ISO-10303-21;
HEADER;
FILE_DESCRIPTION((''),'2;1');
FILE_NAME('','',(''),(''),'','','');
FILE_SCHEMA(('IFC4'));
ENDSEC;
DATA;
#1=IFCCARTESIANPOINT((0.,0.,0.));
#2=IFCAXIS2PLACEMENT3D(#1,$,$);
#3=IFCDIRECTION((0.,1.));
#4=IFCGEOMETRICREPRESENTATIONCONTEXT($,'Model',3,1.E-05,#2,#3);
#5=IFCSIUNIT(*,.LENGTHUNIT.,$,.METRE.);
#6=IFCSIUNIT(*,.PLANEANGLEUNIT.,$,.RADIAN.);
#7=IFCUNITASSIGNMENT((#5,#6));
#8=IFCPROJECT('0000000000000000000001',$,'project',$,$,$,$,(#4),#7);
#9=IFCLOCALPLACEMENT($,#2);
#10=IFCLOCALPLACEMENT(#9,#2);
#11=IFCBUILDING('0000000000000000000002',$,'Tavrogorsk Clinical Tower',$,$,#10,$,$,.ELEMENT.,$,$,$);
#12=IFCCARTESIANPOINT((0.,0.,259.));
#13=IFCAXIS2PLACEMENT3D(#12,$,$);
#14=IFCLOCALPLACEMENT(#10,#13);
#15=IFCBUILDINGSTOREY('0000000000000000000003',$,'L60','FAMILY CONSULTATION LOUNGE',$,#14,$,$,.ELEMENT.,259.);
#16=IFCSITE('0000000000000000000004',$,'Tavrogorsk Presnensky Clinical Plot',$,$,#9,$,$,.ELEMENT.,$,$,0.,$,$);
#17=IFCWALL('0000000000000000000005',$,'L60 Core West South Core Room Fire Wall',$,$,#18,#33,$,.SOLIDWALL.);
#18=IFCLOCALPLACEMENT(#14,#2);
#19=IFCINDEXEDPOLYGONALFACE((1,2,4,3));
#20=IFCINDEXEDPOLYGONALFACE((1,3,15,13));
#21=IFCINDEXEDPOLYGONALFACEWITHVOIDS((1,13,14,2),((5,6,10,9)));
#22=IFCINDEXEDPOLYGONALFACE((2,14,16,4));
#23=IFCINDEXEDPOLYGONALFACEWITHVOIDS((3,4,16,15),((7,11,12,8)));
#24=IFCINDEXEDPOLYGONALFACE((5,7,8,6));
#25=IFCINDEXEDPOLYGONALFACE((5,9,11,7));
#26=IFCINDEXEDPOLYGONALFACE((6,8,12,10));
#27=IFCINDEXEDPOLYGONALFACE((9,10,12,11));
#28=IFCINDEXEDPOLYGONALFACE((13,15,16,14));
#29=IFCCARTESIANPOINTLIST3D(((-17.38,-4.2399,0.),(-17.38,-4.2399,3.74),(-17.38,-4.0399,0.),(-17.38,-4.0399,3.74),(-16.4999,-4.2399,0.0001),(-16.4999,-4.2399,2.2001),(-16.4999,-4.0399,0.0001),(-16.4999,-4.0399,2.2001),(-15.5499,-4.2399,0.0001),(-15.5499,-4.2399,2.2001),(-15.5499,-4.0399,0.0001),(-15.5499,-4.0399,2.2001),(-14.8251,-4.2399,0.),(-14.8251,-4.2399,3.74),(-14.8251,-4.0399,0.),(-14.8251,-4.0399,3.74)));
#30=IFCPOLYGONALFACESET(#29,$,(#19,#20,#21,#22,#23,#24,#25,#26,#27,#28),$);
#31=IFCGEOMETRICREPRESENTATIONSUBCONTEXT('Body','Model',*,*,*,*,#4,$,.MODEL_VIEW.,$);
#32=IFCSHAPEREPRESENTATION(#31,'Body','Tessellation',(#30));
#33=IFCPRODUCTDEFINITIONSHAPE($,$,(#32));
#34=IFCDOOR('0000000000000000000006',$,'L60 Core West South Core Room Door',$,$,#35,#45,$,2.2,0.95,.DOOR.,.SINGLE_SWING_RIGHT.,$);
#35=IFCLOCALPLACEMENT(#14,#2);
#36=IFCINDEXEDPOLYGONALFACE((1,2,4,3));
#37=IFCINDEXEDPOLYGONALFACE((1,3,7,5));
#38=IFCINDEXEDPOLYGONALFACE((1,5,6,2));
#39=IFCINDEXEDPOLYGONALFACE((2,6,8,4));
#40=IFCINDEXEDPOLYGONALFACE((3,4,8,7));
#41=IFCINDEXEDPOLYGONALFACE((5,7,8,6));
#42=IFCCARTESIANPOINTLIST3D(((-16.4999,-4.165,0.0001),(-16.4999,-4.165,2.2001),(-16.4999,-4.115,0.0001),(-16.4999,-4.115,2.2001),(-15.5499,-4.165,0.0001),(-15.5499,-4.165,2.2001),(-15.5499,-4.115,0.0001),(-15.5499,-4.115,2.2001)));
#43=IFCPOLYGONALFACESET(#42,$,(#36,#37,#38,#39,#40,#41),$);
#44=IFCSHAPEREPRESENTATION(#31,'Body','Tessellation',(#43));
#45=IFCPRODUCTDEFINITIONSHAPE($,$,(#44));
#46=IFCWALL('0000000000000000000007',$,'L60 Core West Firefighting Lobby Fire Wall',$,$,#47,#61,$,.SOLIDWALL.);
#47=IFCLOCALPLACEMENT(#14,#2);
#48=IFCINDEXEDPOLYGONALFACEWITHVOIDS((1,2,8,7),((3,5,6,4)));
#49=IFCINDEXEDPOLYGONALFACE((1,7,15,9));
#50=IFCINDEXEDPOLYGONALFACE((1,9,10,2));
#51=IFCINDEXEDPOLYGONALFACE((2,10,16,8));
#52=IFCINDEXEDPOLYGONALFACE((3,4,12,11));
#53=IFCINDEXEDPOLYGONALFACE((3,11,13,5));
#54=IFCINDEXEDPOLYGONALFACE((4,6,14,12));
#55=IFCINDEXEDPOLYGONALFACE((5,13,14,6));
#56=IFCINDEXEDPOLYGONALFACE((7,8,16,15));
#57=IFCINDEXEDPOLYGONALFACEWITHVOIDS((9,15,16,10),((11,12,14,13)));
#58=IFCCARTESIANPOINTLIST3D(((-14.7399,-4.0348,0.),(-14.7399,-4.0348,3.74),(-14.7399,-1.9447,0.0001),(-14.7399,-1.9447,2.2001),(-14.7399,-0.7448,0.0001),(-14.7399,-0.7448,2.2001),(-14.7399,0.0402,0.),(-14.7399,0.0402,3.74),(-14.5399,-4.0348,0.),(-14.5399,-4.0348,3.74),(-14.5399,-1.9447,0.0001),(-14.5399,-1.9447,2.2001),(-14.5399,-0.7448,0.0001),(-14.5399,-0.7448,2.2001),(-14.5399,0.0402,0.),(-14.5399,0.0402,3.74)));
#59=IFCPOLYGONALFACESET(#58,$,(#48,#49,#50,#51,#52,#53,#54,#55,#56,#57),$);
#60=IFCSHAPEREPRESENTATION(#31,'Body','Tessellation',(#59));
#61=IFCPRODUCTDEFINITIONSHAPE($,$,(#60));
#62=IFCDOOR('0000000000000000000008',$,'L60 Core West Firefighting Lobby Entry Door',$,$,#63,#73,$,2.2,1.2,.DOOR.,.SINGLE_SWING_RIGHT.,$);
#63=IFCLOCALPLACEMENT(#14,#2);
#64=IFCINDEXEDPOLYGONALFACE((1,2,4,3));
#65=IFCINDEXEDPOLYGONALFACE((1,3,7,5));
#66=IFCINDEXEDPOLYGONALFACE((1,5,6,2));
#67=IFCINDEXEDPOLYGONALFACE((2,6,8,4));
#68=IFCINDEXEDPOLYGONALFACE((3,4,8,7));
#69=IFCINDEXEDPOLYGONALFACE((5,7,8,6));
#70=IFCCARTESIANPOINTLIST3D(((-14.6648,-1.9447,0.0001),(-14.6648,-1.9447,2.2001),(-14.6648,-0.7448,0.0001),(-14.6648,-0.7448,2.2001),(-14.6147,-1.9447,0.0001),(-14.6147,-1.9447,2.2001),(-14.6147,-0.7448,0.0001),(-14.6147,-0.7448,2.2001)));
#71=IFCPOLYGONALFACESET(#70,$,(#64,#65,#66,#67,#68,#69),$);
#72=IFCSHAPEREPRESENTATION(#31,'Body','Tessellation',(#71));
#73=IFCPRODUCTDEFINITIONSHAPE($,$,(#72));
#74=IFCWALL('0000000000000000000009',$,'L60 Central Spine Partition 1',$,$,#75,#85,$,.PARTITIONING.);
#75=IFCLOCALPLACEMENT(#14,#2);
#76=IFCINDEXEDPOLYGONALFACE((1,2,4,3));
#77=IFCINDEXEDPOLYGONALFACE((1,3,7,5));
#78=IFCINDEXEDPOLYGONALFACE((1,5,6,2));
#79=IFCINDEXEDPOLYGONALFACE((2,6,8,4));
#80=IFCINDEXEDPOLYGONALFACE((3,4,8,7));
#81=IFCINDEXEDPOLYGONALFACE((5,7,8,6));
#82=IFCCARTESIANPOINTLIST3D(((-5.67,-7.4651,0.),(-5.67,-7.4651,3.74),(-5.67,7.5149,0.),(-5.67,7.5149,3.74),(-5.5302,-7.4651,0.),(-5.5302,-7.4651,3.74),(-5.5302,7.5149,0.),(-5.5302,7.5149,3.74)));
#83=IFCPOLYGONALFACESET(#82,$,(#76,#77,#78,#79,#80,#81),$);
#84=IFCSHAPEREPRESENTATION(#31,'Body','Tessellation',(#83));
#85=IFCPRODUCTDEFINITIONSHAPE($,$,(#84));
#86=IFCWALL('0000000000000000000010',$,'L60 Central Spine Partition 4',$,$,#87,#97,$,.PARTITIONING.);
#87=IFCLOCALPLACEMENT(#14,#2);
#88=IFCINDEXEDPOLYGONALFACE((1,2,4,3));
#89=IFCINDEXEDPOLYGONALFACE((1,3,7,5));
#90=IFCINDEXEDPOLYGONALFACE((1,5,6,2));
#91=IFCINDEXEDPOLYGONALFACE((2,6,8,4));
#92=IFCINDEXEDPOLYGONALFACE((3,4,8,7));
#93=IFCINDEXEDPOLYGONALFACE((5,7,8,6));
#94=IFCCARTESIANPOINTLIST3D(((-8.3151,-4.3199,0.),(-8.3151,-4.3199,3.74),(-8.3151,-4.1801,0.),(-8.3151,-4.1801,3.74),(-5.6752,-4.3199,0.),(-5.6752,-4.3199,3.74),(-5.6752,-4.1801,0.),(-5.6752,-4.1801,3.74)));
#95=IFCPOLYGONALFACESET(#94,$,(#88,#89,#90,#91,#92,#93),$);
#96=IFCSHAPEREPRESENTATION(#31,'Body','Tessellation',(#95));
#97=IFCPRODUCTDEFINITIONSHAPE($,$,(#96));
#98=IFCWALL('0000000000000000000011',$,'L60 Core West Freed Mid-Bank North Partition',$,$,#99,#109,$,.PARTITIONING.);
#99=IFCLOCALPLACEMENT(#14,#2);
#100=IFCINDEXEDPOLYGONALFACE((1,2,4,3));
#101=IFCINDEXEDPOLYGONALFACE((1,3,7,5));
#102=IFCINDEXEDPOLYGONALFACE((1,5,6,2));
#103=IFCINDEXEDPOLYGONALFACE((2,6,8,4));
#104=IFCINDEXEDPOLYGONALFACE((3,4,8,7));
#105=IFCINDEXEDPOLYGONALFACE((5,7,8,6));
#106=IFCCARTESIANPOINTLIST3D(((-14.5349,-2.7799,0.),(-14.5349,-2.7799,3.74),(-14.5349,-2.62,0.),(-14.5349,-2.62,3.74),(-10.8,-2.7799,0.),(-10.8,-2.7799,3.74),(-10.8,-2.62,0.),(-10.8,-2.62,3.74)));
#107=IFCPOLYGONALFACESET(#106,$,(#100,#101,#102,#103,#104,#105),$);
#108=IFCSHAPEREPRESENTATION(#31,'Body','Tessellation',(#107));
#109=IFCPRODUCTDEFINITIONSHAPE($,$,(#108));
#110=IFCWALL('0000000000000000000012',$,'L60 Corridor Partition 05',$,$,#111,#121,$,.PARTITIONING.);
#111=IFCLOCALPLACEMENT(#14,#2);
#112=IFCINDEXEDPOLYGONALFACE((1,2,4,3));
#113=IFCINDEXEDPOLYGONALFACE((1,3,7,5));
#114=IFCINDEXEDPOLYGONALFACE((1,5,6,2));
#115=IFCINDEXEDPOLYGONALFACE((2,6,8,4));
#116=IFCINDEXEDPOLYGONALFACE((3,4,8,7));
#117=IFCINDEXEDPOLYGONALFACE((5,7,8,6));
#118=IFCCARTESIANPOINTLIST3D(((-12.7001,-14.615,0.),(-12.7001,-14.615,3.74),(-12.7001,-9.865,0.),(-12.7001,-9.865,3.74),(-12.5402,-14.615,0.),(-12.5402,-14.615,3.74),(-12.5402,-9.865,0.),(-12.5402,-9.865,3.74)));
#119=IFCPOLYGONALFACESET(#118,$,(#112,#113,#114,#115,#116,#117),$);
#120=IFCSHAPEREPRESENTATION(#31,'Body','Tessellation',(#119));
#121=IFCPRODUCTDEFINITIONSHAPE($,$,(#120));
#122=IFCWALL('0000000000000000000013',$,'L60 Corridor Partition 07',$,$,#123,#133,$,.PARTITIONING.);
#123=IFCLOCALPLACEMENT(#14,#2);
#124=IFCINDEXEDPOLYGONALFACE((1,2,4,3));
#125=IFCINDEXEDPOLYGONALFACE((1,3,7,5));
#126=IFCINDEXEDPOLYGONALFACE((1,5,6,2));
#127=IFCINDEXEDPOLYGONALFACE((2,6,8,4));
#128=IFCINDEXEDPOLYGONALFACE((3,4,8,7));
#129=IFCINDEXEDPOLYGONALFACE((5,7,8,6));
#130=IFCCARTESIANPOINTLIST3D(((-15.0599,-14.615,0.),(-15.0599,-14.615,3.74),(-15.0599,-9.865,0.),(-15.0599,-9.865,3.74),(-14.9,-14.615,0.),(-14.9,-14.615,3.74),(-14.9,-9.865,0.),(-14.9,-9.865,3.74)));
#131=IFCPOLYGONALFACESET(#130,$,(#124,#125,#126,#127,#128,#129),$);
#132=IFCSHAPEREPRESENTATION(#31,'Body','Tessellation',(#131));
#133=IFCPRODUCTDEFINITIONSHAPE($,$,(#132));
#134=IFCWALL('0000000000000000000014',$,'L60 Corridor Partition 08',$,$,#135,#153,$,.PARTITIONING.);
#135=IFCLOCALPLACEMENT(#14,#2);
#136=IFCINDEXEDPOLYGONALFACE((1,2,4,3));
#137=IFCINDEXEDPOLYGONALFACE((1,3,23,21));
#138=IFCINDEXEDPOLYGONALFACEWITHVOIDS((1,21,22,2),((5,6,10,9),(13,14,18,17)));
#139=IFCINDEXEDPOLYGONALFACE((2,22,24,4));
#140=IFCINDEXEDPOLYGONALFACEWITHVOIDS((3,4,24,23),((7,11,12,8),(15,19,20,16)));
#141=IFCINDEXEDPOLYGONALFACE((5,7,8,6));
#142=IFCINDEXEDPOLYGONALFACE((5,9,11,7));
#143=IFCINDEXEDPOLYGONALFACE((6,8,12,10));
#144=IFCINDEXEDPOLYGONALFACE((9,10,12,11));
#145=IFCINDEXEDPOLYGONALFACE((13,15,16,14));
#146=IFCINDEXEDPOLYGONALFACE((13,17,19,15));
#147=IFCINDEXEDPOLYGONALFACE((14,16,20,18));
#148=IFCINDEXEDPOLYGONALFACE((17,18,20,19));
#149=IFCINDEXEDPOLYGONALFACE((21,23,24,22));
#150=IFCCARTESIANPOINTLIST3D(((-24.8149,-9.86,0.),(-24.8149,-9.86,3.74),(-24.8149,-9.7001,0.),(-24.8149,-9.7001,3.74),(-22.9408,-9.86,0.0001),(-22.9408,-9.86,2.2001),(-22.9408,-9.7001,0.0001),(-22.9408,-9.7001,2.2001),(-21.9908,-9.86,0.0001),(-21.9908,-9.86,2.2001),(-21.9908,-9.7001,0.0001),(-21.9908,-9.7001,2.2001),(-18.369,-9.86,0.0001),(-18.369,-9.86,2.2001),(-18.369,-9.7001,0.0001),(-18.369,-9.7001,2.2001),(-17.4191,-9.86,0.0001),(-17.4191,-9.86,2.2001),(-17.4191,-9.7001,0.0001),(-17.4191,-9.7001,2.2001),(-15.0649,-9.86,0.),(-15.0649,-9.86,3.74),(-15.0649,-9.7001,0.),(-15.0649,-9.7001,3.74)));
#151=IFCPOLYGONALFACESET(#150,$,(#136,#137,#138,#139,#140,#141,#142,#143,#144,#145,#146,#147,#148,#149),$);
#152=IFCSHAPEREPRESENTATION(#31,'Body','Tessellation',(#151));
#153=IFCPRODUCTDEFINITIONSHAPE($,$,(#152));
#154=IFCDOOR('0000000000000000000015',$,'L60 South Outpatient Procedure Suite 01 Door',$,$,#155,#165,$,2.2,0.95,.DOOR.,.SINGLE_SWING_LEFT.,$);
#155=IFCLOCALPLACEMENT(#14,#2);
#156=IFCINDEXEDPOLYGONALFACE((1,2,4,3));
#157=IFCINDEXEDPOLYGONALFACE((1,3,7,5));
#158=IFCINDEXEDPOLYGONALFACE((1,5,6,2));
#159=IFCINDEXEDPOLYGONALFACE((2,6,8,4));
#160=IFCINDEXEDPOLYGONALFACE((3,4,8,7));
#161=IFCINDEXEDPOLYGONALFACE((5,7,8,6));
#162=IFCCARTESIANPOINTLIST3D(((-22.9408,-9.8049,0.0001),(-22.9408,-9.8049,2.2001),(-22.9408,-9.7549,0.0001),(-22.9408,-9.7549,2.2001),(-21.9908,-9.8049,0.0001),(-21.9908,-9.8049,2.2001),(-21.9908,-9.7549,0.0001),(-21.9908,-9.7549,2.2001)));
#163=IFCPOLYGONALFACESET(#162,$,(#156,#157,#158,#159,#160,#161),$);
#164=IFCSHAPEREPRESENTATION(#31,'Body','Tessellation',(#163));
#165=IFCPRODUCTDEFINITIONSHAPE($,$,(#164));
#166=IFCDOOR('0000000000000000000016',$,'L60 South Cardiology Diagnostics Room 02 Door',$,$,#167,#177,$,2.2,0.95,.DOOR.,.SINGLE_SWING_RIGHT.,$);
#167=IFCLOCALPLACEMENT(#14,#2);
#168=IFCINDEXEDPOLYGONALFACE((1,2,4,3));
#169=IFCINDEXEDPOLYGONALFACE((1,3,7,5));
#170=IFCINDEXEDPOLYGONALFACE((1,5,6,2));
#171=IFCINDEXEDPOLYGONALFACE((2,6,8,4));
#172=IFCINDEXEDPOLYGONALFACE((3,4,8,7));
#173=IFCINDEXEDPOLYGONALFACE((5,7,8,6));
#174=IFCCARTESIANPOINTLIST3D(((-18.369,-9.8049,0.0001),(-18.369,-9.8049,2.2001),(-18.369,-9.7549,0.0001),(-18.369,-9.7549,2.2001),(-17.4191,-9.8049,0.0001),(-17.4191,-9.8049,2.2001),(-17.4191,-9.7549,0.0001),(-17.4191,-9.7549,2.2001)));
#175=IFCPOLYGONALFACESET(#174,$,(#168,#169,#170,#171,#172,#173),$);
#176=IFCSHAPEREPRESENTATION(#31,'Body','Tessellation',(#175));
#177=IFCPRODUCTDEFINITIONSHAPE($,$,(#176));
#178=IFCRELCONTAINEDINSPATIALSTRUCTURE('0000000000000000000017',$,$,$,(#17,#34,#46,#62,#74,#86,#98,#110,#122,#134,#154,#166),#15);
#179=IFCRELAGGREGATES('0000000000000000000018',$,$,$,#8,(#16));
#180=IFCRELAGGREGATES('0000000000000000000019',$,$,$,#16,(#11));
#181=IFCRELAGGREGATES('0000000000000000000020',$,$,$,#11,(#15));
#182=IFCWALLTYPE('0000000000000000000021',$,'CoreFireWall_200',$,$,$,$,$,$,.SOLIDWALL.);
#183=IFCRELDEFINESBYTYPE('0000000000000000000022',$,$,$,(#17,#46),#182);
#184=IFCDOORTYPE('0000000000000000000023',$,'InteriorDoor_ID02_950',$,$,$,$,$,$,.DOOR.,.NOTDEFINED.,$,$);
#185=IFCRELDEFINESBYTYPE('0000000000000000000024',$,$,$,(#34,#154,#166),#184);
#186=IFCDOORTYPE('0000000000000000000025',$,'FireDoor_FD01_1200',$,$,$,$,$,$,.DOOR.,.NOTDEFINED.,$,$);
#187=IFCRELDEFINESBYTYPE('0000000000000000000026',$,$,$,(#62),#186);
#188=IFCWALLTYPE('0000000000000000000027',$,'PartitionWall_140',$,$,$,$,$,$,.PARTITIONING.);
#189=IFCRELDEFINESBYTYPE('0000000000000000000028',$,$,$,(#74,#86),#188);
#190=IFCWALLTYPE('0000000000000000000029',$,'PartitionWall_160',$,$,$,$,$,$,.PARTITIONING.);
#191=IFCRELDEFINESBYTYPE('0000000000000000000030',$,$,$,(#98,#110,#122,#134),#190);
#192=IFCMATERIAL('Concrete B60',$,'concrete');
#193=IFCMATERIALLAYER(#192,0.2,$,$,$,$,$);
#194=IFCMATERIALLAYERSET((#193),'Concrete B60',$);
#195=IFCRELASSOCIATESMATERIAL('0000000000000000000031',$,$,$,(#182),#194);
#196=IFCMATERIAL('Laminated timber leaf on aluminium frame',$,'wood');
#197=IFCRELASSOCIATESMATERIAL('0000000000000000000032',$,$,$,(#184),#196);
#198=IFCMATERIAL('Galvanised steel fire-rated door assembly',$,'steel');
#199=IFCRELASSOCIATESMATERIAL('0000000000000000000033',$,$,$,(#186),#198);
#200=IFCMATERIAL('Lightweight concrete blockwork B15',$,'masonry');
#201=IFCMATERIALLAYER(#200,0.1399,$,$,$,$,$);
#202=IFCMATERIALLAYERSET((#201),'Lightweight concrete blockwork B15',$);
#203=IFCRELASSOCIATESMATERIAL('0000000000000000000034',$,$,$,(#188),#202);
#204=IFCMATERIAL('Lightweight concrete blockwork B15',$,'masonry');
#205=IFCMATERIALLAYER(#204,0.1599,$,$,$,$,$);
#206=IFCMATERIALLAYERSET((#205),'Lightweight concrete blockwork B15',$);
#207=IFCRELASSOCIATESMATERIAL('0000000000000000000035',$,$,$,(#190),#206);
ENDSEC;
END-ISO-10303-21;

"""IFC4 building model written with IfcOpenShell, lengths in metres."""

from ifc_helpers import new_model, si_unit, direction, frame, frame_2d, origin, place, context, subcontext, project, spatial, rectangle, extrude, material, layer, layer_set, type_object, element, fill, save


model = new_model("IFC4")

# Units and contexts
model_context = context("Model", 3, precision=1e-05, world=origin(), true_north=direction((0.0, 1.0)))
body_context = subcontext(model_context, "Body", "Model", "MODEL_VIEW")
ifc_project = project(units=[si_unit("LENGTHUNIT", "METRE"), si_unit("PLANEANGLEUNIT", "RADIAN")], contexts=[model_context])

# Site, building, storey
site_placement = place(None, origin())
site = spatial("IfcSite", under=ifc_project, at=site_placement, Name="Tavrogorsk Presnensky Clinical Plot", CompositionType="ELEMENT", RefElevation=0.0)
building_placement = place(site_placement, origin())
building = spatial("IfcBuilding", under=site, at=building_placement, Name="Tavrogorsk Clinical Tower", CompositionType="ELEMENT")
storey_placement = place(building_placement, frame((0.0, 0.0, 259.0)))
storey = spatial("IfcBuildingStorey", under=building, at=storey_placement, Name="L60", Description="FAMILY CONSULTATION LOUNGE", CompositionType="ELEMENT", Elevation=259.0)

# Walls, openings, doors
ifc_material_1 = material(Name="Concrete B60", Category="concrete")
ifc_layer_1 = layer(ifc_material_1, 0.2)
ifc_layer_set_1 = layer_set([ifc_layer_1], Name="Concrete B60")
wall_type_1 = type_object("IfcWallType", Name="CoreFireWall_200", PredefinedType="SOLIDWALL", material=ifc_layer_set_1)
wall_1_placement = place(storey_placement, frame((-17.3799, -4.1399, 0.0), z_axis=(0.0, 0.0, 1.0), x_axis=(1.0, 0.0, 0.0)))
wall_1 = element("IfcWall", 1, at=wall_1_placement, inside=storey, type_object=wall_type_1, Name="L60 Core West South Core Room Fire Wall", PredefinedType="SOLIDWALL", context=body_context, shape_type="SweptSolid", body=[
    extrude(rectangle(XDim=2.5549, YDim=0.2, at=frame_2d((1.2773, 0.0))), origin(), (0.0, 0.0, 1.0), 3.74),
])
opening_1_placement = place(wall_1_placement, frame((0.8799, 0.0, 0.0)))
opening_1 = element("IfcOpeningElement", 2, at=opening_1_placement, cuts=wall_1, PredefinedType="OPENING", context=body_context, shape_type="SweptSolid", body=[
    extrude(rectangle(XDim=0.95, YDim=2.2, at=frame_2d((0.4751, 1.1001))), frame((0.0, 0.1099, 0.0), z_axis=(0.0, -1.0, 0.0), x_axis=(1.0, 0.0, 0.0)), (0.0, 0.0, 1.0), 0.22),
])
ifc_material_2 = material(Name="Laminated timber leaf on aluminium frame", Category="wood")
door_type_1 = type_object("IfcDoorType", Name="InteriorDoor_ID02_950", OperationType="NOTDEFINED", PredefinedType="DOOR", material=ifc_material_2)
door_1_placement = place(opening_1_placement, origin())
door_1 = element("IfcDoor", 3, at=door_1_placement, inside=storey, type_object=door_type_1, Name="L60 Core West South Core Room Door", OperationType="SINGLE_SWING_RIGHT", OverallHeight=2.2, OverallWidth=0.95, PredefinedType="DOOR", context=body_context, shape_type="SweptSolid", body=[
    extrude(rectangle(XDim=0.95, YDim=2.2, at=frame_2d((0.4751, 1.1001))), frame((0.0, 0.0249, 0.0), z_axis=(0.0, -1.0, 0.0), x_axis=(1.0, 0.0, 0.0)), (0.0, 0.0, 1.0), 0.05),
])
fill(opening_1, door_1)
wall_2_placement = place(storey_placement, frame((-14.6399, -4.0349, 0.0), z_axis=(0.0, 0.0, 1.0), x_axis=(0.0, 1.0, 0.0)))
wall_2 = element("IfcWall", 4, at=wall_2_placement, inside=storey, type_object=wall_type_1, Name="L60 Core West Firefighting Lobby Fire Wall", PredefinedType="SOLIDWALL", context=body_context, shape_type="SweptSolid", body=[
    extrude(rectangle(XDim=4.075, YDim=0.2, at=frame_2d((2.0376, 0.0))), origin(), (0.0, 0.0, 1.0), 3.74),
])
opening_2_placement = place(wall_2_placement, frame((2.0901, 0.0, 0.0)))
opening_2 = element("IfcOpeningElement", 5, at=opening_2_placement, cuts=wall_2, PredefinedType="OPENING", context=body_context, shape_type="SweptSolid", body=[
    extrude(rectangle(XDim=1.2, YDim=2.2, at=frame_2d((0.6001, 1.1001))), frame((0.0, 0.1099, 0.0), z_axis=(0.0, -1.0, 0.0), x_axis=(1.0, 0.0, 0.0)), (0.0, 0.0, 1.0), 0.22),
])
ifc_material_3 = material(Name="Galvanised steel fire-rated door assembly", Category="steel")
door_type_2 = type_object("IfcDoorType", Name="FireDoor_FD01_1200", OperationType="NOTDEFINED", PredefinedType="DOOR", material=ifc_material_3)
door_2_placement = place(opening_2_placement, origin())
door_2 = element("IfcDoor", 6, at=door_2_placement, inside=storey, type_object=door_type_2, Name="L60 Core West Firefighting Lobby Entry Door", OperationType="SINGLE_SWING_RIGHT", OverallHeight=2.2, OverallWidth=1.2, PredefinedType="DOOR", context=body_context, shape_type="SweptSolid", body=[
    extrude(rectangle(XDim=1.2, YDim=2.2, at=frame_2d((0.6001, 1.1001))), frame((0.0, 0.0249, 0.0), z_axis=(0.0, -1.0, 0.0), x_axis=(1.0, 0.0, 0.0)), (0.0, 0.0, 1.0), 0.05),
])
fill(opening_2, door_2)

# Walls
ifc_material_4 = material(Name="Lightweight concrete blockwork B15", Category="masonry")
ifc_layer_2 = layer(ifc_material_4, 0.1399)
ifc_layer_set_2 = layer_set([ifc_layer_2], Name="Lightweight concrete blockwork B15")
wall_type_2 = type_object("IfcWallType", Name="PartitionWall_140", PredefinedType="PARTITIONING", material=ifc_layer_set_2)
wall_3_placement = place(storey_placement, frame((-5.6001, -7.4651, 0.0), z_axis=(0.0, 0.0, 1.0), x_axis=(0.0, 1.0, 0.0)))
element("IfcWall", 7, at=wall_3_placement, inside=storey, type_object=wall_type_2, Name="L60 Central Spine Partition 1", PredefinedType="PARTITIONING", context=body_context, shape_type="SweptSolid", body=[
    extrude(rectangle(XDim=14.98, YDim=0.1399, at=frame_2d((7.49, 0.0))), origin(), (0.0, 0.0, 1.0), 3.74),
])
wall_4_placement = place(storey_placement, frame((-8.3149, -4.25, 0.0), z_axis=(0.0, 0.0, 1.0), x_axis=(1.0, 0.0, 0.0)))
element("IfcWall", 8, at=wall_4_placement, inside=storey, type_object=wall_type_2, Name="L60 Central Spine Partition 4", PredefinedType="PARTITIONING", context=body_context, shape_type="SweptSolid", body=[
    extrude(rectangle(XDim=2.6399, YDim=0.1399, at=frame_2d((1.3198, 0.0))), origin(), (0.0, 0.0, 1.0), 3.74),
])
ifc_material_5 = material(Name="Lightweight concrete blockwork B15", Category="masonry")
ifc_layer_3 = layer(ifc_material_5, 0.1599)
ifc_layer_set_3 = layer_set([ifc_layer_3], Name="Lightweight concrete blockwork B15")
wall_type_3 = type_object("IfcWallType", Name="PartitionWall_160", PredefinedType="PARTITIONING", material=ifc_layer_set_3)
wall_5_placement = place(storey_placement, frame((-14.5349, -2.7, 0.0), z_axis=(0.0, 0.0, 1.0), x_axis=(1.0, 0.0, 0.0)))
element("IfcWall", 9, at=wall_5_placement, inside=storey, type_object=wall_type_3, Name="L60 Core West Freed Mid-Bank North Partition", PredefinedType="PARTITIONING", context=body_context, shape_type="SweptSolid", body=[
    extrude(rectangle(XDim=3.7349, YDim=0.1599, at=frame_2d((1.8674, 0.0))), origin(), (0.0, 0.0, 1.0), 3.74),
])
for number, where, z_axis, x_axis, name in (
    (10, (-12.6201, -9.865, 0.0), (0.0, 0.0, 1.0), (0.0, -1.0, 0.0), "L60 Corridor Partition 05"),
    (11, (-14.98, -14.615, 0.0), (0.0, 0.0, 1.0), (0.0, 1.0, 0.0), "L60 Corridor Partition 07"),
):
    element("IfcWall", number, at=place(storey_placement, frame(where, z_axis=z_axis, x_axis=x_axis)), inside=storey, type_object=wall_type_3, Name=name, PredefinedType="PARTITIONING", context=body_context, shape_type="SweptSolid", body=[
        extrude(rectangle(XDim=4.75, YDim=0.1599, at=frame_2d((2.375, 0.0))), origin(), (0.0, 0.0, 1.0), 3.74),
    ])

# Wall, openings, doors
wall_6_placement = place(storey_placement, frame((-15.0649, -9.78, 0.0), z_axis=(0.0, 0.0, 1.0), x_axis=(-1.0, 0.0, 0.0)))
wall_6 = element("IfcWall", 12, at=wall_6_placement, inside=storey, type_object=wall_type_3, Name="L60 Corridor Partition 08", PredefinedType="PARTITIONING", context=body_context, shape_type="SweptSolid", body=[
    extrude(rectangle(XDim=9.75, YDim=0.1599, at=frame_2d((4.875, 0.0))), origin(), (0.0, 0.0, 1.0), 3.74),
])
opening_3_placement = place(wall_6_placement, frame((6.9258, 0.0, 0.0)))
opening_3 = element("IfcOpeningElement", 13, at=opening_3_placement, cuts=wall_6, PredefinedType="OPENING", context=body_context, shape_type="SweptSolid", body=[
    extrude(rectangle(XDim=0.95, YDim=2.2, at=frame_2d((0.4751, 1.1001))), frame((0.0, 0.0898, 0.0), z_axis=(0.0, -1.0, 0.0), x_axis=(1.0, 0.0, 0.0)), (0.0, 0.0, 1.0), 0.1799),
])
opening_4_placement = place(wall_6_placement, frame((2.354, 0.0, 0.0)))
opening_4 = element("IfcOpeningElement", 14, at=opening_4_placement, cuts=wall_6, PredefinedType="OPENING", context=body_context, shape_type="SweptSolid", body=[
    extrude(rectangle(XDim=0.95, YDim=2.2, at=frame_2d((0.4751, 1.1001))), frame((0.0, 0.0898, 0.0), z_axis=(0.0, -1.0, 0.0), x_axis=(1.0, 0.0, 0.0)), (0.0, 0.0, 1.0), 0.1799),
])
door_3_placement = place(opening_3_placement, origin())
door_3 = element("IfcDoor", 15, at=door_3_placement, inside=storey, type_object=door_type_1, Name="L60 South Outpatient Procedure Suite 01 Door", OperationType="SINGLE_SWING_LEFT", OverallHeight=2.2, OverallWidth=0.95, PredefinedType="DOOR", context=body_context, shape_type="SweptSolid", body=[
    extrude(rectangle(XDim=0.95, YDim=2.2, at=frame_2d((0.4751, 1.1001))), frame((0.0, 0.0249, 0.0), z_axis=(0.0, -1.0, 0.0), x_axis=(1.0, 0.0, 0.0)), (0.0, 0.0, 1.0), 0.05),
])
fill(opening_3, door_3)
door_4_placement = place(opening_4_placement, origin())
door_4 = element("IfcDoor", 16, at=door_4_placement, inside=storey, type_object=door_type_1, Name="L60 South Cardiology Diagnostics Room 02 Door", OperationType="SINGLE_SWING_RIGHT", OverallHeight=2.2, OverallWidth=0.95, PredefinedType="DOOR", context=body_context, shape_type="SweptSolid", body=[
    extrude(rectangle(XDim=0.95, YDim=2.2, at=frame_2d((0.4751, 1.1001))), frame((0.0, 0.0249, 0.0), z_axis=(0.0, -1.0, 0.0), x_axis=(1.0, 0.0, 0.0)), (0.0, 0.0, 1.0), 0.05),
])
fill(opening_4, door_4)

save(model, "model.ifc")
